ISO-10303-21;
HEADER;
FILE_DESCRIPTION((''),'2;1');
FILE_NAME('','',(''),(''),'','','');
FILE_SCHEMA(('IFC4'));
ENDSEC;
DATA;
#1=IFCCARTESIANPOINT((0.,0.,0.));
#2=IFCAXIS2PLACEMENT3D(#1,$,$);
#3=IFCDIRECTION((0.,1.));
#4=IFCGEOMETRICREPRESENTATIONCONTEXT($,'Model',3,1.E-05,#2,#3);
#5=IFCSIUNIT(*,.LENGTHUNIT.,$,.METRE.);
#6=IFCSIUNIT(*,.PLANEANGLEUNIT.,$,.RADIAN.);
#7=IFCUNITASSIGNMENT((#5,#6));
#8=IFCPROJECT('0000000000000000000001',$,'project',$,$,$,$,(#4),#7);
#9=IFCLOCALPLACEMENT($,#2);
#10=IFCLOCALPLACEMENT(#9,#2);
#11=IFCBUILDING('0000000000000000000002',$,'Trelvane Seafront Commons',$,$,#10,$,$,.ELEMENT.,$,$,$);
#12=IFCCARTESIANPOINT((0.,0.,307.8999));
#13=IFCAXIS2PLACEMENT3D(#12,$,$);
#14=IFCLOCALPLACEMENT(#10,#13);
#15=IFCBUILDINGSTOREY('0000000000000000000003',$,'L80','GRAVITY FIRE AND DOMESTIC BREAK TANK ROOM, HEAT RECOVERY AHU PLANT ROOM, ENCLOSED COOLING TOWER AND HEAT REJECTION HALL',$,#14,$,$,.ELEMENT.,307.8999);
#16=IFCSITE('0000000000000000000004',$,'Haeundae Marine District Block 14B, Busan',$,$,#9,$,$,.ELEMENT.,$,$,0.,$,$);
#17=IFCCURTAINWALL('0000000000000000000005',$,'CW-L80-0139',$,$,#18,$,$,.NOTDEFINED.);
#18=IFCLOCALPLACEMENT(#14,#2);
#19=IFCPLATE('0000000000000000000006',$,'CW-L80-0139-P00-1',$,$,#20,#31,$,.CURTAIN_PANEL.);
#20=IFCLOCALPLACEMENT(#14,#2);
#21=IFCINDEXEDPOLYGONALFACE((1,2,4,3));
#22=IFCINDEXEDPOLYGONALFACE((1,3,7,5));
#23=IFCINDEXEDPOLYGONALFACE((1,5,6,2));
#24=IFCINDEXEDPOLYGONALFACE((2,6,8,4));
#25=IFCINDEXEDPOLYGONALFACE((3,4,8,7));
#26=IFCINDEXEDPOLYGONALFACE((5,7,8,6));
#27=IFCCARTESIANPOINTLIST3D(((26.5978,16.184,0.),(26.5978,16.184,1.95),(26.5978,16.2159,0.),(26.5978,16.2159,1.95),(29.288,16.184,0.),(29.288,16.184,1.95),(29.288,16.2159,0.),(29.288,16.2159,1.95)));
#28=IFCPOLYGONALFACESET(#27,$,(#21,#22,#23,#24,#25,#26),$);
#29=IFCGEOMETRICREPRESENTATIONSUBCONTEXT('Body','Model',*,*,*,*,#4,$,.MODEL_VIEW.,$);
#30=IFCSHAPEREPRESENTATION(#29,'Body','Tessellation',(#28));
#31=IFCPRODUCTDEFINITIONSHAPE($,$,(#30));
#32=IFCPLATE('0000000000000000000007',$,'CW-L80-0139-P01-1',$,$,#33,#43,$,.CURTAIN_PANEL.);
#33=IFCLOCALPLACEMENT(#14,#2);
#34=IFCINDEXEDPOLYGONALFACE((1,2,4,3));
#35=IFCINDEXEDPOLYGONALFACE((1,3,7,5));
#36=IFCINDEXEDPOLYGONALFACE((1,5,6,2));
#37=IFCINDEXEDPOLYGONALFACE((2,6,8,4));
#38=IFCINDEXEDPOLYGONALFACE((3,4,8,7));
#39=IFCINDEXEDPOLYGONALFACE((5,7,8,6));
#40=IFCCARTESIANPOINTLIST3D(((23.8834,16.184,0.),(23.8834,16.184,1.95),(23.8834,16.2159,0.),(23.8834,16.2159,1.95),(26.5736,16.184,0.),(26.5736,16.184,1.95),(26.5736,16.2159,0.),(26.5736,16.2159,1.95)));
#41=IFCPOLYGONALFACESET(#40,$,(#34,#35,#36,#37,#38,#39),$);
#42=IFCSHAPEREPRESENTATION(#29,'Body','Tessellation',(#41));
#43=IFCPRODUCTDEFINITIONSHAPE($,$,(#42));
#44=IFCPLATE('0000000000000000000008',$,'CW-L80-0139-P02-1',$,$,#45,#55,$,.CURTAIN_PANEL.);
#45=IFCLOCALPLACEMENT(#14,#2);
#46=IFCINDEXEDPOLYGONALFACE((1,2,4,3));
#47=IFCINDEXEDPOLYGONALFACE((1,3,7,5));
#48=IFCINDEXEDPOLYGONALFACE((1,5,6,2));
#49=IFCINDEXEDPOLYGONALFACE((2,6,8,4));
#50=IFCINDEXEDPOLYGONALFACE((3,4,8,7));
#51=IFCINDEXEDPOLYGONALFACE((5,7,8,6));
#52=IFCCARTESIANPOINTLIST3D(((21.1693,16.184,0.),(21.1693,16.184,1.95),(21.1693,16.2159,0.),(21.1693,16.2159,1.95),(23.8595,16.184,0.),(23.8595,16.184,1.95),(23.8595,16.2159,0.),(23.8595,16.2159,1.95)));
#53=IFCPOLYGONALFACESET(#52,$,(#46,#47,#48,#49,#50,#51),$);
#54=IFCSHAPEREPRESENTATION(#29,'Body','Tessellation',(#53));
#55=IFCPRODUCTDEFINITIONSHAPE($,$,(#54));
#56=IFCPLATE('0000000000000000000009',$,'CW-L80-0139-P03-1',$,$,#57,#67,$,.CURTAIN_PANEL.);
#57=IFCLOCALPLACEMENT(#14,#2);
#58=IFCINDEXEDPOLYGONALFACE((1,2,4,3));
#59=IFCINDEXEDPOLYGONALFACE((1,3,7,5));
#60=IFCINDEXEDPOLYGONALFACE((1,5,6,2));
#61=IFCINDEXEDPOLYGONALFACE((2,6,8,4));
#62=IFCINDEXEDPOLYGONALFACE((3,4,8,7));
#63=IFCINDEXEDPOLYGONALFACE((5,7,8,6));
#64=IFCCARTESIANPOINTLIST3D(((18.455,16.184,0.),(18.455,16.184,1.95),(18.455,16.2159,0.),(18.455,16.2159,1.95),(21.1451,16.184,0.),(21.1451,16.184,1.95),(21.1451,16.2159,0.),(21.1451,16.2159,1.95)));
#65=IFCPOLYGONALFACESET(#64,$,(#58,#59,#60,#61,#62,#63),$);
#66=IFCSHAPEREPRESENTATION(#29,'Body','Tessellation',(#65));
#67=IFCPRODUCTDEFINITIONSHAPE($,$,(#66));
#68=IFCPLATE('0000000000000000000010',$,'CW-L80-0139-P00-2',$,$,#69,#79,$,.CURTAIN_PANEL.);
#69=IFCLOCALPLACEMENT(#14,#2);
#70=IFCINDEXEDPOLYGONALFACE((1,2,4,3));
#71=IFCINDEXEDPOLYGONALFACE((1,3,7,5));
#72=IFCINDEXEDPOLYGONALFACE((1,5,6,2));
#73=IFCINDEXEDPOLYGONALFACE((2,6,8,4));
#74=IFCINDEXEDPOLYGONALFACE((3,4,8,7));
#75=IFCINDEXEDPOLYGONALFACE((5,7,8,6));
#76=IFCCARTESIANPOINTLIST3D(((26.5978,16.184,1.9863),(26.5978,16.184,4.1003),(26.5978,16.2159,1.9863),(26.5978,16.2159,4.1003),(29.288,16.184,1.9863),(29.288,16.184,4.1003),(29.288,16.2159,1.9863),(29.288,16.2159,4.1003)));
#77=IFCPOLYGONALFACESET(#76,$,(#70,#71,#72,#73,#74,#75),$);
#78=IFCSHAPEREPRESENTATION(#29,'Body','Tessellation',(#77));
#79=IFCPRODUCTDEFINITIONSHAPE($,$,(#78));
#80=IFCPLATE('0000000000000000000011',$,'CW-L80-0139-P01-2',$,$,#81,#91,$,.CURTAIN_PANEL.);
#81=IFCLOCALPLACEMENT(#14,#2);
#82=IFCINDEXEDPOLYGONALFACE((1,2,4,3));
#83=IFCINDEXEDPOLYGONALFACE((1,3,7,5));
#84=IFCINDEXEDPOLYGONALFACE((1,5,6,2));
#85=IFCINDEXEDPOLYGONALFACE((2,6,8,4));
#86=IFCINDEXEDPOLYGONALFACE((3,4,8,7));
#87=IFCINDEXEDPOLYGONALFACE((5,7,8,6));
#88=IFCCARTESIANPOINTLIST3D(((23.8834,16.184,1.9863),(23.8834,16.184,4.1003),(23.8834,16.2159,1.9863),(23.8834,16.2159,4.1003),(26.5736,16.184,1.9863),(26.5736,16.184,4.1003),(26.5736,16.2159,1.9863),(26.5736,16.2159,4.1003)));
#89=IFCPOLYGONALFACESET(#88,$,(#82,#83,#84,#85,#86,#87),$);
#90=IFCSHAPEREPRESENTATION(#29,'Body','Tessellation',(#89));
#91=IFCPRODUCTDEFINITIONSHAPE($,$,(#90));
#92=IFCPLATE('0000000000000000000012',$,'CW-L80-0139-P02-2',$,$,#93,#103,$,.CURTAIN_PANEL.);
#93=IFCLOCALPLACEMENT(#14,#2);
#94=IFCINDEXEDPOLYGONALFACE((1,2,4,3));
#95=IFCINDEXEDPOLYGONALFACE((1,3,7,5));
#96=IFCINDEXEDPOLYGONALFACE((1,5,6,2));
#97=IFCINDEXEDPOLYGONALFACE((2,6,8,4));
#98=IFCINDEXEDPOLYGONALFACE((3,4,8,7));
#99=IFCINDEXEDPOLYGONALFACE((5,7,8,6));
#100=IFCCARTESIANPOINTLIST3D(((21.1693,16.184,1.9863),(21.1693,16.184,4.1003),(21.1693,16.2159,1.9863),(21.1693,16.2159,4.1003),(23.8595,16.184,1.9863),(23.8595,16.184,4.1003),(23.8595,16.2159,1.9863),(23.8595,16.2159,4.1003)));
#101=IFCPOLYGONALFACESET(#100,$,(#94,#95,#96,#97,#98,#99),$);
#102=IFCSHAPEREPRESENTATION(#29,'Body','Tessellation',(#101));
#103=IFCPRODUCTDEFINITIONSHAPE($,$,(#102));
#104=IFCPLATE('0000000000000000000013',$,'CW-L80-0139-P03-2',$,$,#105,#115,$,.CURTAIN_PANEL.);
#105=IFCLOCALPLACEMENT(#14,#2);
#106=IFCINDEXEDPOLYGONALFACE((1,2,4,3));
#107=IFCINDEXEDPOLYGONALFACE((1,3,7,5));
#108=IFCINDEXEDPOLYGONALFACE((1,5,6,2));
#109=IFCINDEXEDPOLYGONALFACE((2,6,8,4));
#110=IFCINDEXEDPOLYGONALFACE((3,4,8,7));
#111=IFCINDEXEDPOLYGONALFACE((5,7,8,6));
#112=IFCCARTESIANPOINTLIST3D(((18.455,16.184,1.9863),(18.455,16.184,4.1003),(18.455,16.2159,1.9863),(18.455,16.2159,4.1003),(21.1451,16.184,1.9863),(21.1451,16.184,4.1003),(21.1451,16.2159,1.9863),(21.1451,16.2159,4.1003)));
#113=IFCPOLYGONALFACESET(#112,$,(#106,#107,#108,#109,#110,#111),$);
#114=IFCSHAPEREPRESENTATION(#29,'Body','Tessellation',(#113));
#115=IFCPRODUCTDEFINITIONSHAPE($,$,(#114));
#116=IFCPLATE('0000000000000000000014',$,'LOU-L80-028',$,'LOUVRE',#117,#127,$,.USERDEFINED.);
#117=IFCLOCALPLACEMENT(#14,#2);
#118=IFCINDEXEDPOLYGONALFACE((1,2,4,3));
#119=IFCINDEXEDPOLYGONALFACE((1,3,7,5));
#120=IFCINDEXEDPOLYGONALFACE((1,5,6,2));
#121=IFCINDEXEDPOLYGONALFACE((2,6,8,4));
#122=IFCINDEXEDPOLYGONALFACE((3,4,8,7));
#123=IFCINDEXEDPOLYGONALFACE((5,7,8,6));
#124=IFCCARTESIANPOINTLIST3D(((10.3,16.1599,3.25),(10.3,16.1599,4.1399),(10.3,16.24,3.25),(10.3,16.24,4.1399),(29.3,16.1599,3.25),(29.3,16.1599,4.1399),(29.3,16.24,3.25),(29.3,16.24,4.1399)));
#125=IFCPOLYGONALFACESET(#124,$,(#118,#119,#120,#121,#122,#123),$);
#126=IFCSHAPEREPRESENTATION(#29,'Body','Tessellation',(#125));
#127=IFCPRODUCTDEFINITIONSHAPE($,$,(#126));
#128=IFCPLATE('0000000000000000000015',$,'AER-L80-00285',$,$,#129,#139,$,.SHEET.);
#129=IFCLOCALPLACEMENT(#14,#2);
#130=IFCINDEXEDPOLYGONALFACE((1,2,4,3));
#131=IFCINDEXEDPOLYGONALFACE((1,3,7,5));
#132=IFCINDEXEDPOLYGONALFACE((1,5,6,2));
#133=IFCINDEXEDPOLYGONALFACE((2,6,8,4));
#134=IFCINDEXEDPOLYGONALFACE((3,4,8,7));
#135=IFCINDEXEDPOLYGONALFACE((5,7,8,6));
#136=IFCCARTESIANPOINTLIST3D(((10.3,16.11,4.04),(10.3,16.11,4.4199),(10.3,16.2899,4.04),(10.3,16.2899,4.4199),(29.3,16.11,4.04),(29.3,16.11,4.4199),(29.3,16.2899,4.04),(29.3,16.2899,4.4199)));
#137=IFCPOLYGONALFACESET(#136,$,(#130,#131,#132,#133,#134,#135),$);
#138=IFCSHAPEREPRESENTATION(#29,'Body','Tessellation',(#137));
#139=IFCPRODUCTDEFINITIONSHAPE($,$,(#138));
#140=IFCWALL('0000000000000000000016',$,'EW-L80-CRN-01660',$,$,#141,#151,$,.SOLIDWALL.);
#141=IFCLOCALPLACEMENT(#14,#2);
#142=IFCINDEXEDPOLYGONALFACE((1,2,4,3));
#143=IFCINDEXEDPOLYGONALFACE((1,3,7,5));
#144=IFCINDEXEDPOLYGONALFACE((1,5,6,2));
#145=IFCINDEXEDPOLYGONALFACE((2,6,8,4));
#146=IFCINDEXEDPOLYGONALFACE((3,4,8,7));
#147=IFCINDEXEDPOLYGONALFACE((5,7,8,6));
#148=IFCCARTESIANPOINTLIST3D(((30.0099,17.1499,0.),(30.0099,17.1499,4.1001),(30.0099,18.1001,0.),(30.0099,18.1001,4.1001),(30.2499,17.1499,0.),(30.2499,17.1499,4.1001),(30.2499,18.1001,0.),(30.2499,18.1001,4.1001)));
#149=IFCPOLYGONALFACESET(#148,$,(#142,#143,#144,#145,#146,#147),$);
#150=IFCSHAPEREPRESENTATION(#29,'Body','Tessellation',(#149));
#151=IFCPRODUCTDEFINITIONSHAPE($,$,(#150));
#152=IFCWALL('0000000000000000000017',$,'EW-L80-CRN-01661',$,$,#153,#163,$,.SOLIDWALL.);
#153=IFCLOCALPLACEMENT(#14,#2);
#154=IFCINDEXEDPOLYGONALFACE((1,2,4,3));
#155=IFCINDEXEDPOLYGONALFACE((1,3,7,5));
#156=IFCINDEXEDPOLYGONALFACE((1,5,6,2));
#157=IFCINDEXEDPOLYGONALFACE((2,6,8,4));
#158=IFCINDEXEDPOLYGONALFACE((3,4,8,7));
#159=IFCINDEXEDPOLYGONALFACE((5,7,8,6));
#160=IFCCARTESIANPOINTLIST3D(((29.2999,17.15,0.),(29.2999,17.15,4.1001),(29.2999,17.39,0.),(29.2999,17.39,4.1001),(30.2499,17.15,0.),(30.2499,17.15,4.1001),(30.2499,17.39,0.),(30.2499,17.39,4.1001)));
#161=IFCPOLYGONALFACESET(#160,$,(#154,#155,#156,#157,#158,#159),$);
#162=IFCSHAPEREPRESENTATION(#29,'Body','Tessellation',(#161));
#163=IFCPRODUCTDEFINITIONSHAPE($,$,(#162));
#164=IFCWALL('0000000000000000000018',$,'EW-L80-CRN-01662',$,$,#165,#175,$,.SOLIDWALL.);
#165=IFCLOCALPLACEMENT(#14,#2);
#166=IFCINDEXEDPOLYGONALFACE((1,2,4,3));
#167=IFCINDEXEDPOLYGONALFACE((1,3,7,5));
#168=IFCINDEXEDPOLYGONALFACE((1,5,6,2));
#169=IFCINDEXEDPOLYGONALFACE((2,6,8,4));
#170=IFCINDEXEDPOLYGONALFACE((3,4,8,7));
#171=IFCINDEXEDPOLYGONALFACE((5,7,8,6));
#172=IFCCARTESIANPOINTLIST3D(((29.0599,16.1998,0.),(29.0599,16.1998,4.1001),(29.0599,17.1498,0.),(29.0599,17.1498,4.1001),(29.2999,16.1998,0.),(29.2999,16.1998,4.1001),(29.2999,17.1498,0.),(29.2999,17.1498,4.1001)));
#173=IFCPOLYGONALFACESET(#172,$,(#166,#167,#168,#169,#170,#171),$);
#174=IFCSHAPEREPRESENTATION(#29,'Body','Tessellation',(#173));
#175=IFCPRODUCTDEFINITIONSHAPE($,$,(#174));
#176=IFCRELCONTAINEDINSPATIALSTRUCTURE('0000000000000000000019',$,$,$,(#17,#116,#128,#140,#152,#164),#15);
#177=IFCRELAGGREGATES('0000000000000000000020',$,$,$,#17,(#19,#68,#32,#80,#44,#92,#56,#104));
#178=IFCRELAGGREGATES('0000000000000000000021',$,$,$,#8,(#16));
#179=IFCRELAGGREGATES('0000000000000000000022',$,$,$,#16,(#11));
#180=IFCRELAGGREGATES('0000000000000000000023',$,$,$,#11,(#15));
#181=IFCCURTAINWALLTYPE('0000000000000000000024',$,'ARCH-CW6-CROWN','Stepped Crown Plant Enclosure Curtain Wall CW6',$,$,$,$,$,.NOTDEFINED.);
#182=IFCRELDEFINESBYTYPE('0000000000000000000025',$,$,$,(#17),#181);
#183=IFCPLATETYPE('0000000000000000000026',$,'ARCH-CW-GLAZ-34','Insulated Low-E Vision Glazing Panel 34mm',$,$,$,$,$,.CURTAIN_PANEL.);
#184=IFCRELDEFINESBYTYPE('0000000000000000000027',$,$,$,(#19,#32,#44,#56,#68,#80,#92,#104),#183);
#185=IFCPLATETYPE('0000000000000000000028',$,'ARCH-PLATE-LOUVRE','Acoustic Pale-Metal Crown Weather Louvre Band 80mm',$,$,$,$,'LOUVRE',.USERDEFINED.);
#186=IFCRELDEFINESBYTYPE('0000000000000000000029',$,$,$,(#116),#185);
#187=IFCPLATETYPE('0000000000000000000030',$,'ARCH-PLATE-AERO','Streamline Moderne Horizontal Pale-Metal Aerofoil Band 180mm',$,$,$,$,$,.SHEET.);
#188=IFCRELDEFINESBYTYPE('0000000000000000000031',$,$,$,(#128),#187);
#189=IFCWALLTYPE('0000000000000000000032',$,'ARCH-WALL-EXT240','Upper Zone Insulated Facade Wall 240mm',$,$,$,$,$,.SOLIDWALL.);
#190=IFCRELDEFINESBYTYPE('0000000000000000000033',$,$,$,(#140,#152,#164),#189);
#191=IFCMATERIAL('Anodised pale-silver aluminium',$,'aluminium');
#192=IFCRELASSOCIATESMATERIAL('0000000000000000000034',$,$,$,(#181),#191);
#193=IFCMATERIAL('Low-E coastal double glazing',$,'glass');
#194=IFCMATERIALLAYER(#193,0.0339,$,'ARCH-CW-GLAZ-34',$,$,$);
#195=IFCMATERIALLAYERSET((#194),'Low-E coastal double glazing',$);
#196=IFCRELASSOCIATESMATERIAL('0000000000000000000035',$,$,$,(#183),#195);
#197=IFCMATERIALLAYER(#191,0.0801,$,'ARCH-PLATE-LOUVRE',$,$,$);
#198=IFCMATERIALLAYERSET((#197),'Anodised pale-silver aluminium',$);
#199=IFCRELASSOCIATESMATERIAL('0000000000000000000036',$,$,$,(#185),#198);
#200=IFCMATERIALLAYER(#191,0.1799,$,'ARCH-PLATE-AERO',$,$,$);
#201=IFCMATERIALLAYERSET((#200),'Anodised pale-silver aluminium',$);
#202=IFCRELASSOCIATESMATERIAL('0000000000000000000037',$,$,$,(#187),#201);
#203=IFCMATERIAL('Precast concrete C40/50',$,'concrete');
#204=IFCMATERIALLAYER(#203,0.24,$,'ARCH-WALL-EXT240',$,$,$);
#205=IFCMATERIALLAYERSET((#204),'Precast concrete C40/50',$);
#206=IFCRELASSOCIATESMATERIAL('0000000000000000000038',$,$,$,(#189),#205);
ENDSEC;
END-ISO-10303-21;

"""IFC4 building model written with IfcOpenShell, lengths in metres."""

from ifc_helpers import new_model, si_unit, direction, frame, frame_2d, origin, origin_2d, place, context, subcontext, project, spatial, rectangle, extrude, source, transform, mapped, material, layer, layer_set, type_object, element, aggregate, save


model = new_model("IFC4")

# Units and contexts
model_context = context("Model", 3, precision=1e-05, world=origin(), true_north=direction((0.0, 1.0)))
body_context = subcontext(model_context, "Body", "Model", "MODEL_VIEW")
ifc_project = project(units=[si_unit("LENGTHUNIT", "METRE"), si_unit("PLANEANGLEUNIT", "RADIAN")], contexts=[model_context])

# Site, building, storey
site_placement = place(None, origin())
site = spatial("IfcSite", under=ifc_project, at=site_placement, Name="Haeundae Marine District Block 14B, Busan", CompositionType="ELEMENT", RefElevation=0.0)
building_placement = place(site_placement, origin())
building = spatial("IfcBuilding", under=site, at=building_placement, Name="Trelvane Seafront Commons", CompositionType="ELEMENT")
storey_placement = place(building_placement, frame((0.0, 0.0, 307.8999)))
storey = spatial("IfcBuildingStorey", under=building, at=storey_placement, Name="L80", Description="GRAVITY FIRE AND DOMESTIC BREAK TANK ROOM, HEAT RECOVERY AHU PLANT ROOM, ENCLOSED COOLING TOWER AND HEAT REJECTION HALL", CompositionType="ELEMENT", Elevation=307.8999)

# Curtain wall, plates
ifc_material_1 = material(Name="Anodised pale-silver aluminium", Category="aluminium")
curtain_wall_type = type_object("IfcCurtainWallType", Name="ARCH-CW6-CROWN", Description="Stepped Crown Plant Enclosure Curtain Wall CW6", PredefinedType="NOTDEFINED", material=ifc_material_1)
curtain_wall_placement = place(storey_placement, origin())
curtain_wall = element("IfcCurtainWall", 1, at=curtain_wall_placement, inside=storey, type_object=curtain_wall_type, Name="CW-L80-0139", PredefinedType="NOTDEFINED")
ifc_material_2 = material(Name="Low-E coastal double glazing", Category="glass")
ifc_layer_1 = layer(ifc_material_2, 0.0339, Name="ARCH-CW-GLAZ-34")
ifc_layer_set_1 = layer_set([ifc_layer_1], Name="Low-E coastal double glazing")
plate_type_1 = type_object("IfcPlateType", Name="ARCH-CW-GLAZ-34", Description="Insulated Low-E Vision Glazing Panel 34mm", PredefinedType="CURTAIN_PANEL", material=ifc_layer_set_1)
shared_shape_1 = source(origin(), body_context, "Body", "SweptSolid", [
    extrude(rectangle(XDim=2.6902, YDim=0.032, at=origin_2d()), origin(), (0.0, 0.0, 1.0), 1.95),
])
plate_1_placement = place(storey_placement, frame((27.9429, 16.2, 0.0), z_axis=(0.0, 0.0, 1.0), x_axis=(-1.0, 0.0, 0.0)))
plate_1 = element("IfcPlate", 2, at=plate_1_placement, type_object=plate_type_1, Name="CW-L80-0139-P00-1", PredefinedType="CURTAIN_PANEL", context=body_context, shape_type="MappedRepresentation", body=[
    mapped(shared_shape_1, transform((0.0, 0.0, 0.0), x_axis=(1.0, 0.0, 0.0), y_axis=(0.0, 1.0, 0.0), z_axis=(0.0, 0.0, 1.0), scale=1.0)),
])
plate_2_placement = place(storey_placement, frame((25.2285, 16.2, 0.0), z_axis=(0.0, 0.0, 1.0), x_axis=(-1.0, 0.0, 0.0)))
plate_2 = element("IfcPlate", 3, at=plate_2_placement, type_object=plate_type_1, Name="CW-L80-0139-P01-1", PredefinedType="CURTAIN_PANEL", context=body_context, shape_type="MappedRepresentation", body=[
    mapped(shared_shape_1, transform((0.0, 0.0, 0.0), x_axis=(1.0, 0.0, 0.0), y_axis=(0.0, 1.0, 0.0), z_axis=(0.0, 0.0, 1.0), scale=1.0)),
])
plate_3_placement = place(storey_placement, frame((22.5144, 16.2, 0.0), z_axis=(0.0, 0.0, 1.0), x_axis=(-1.0, 0.0, 0.0)))
plate_3 = element("IfcPlate", 4, at=plate_3_placement, type_object=plate_type_1, Name="CW-L80-0139-P02-1", PredefinedType="CURTAIN_PANEL", context=body_context, shape_type="MappedRepresentation", body=[
    mapped(shared_shape_1, transform((0.0, 0.0, 0.0), x_axis=(1.0, 0.0, 0.0), y_axis=(0.0, 1.0, 0.0), z_axis=(0.0, 0.0, 1.0), scale=1.0)),
])
plate_4_placement = place(storey_placement, frame((19.8, 16.2, 0.0), z_axis=(0.0, 0.0, 1.0), x_axis=(-1.0, 0.0, 0.0)))
plate_4 = element("IfcPlate", 5, at=plate_4_placement, type_object=plate_type_1, Name="CW-L80-0139-P03-1", PredefinedType="CURTAIN_PANEL", context=body_context, shape_type="MappedRepresentation", body=[
    mapped(shared_shape_1, transform((0.0, 0.0, 0.0), x_axis=(1.0, 0.0, 0.0), y_axis=(0.0, 1.0, 0.0), z_axis=(0.0, 0.0, 1.0), scale=1.0)),
])
shared_shape_2 = source(origin(), body_context, "Body", "SweptSolid", [
    extrude(rectangle(XDim=2.6902, YDim=0.032, at=origin_2d()), origin(), (0.0, 0.0, 1.0), 2.114),
])
plate_5_placement = place(storey_placement, frame((27.9429, 16.2, 1.9863), z_axis=(0.0, 0.0, 1.0), x_axis=(-1.0, 0.0, 0.0)))
plate_5 = element("IfcPlate", 6, at=plate_5_placement, type_object=plate_type_1, Name="CW-L80-0139-P00-2", PredefinedType="CURTAIN_PANEL", context=body_context, shape_type="MappedRepresentation", body=[
    mapped(shared_shape_2, transform((0.0, 0.0, 0.0), x_axis=(1.0, 0.0, 0.0), y_axis=(0.0, 1.0, 0.0), z_axis=(0.0, 0.0, 1.0), scale=1.0)),
])
plate_6_placement = place(storey_placement, frame((25.2285, 16.2, 1.9863), z_axis=(0.0, 0.0, 1.0), x_axis=(-1.0, 0.0, 0.0)))
plate_6 = element("IfcPlate", 7, at=plate_6_placement, type_object=plate_type_1, Name="CW-L80-0139-P01-2", PredefinedType="CURTAIN_PANEL", context=body_context, shape_type="MappedRepresentation", body=[
    mapped(shared_shape_2, transform((0.0, 0.0, 0.0), x_axis=(1.0, 0.0, 0.0), y_axis=(0.0, 1.0, 0.0), z_axis=(0.0, 0.0, 1.0), scale=1.0)),
])
plate_7_placement = place(storey_placement, frame((22.5144, 16.2, 1.9863), z_axis=(0.0, 0.0, 1.0), x_axis=(-1.0, 0.0, 0.0)))
plate_7 = element("IfcPlate", 8, at=plate_7_placement, type_object=plate_type_1, Name="CW-L80-0139-P02-2", PredefinedType="CURTAIN_PANEL", context=body_context, shape_type="MappedRepresentation", body=[
    mapped(shared_shape_2, transform((0.0, 0.0, 0.0), x_axis=(1.0, 0.0, 0.0), y_axis=(0.0, 1.0, 0.0), z_axis=(0.0, 0.0, 1.0), scale=1.0)),
])
plate_8_placement = place(storey_placement, frame((19.8, 16.2, 1.9863), z_axis=(0.0, 0.0, 1.0), x_axis=(-1.0, 0.0, 0.0)))
plate_8 = element("IfcPlate", 9, at=plate_8_placement, type_object=plate_type_1, Name="CW-L80-0139-P03-2", PredefinedType="CURTAIN_PANEL", context=body_context, shape_type="MappedRepresentation", body=[
    mapped(shared_shape_2, transform((0.0, 0.0, 0.0), x_axis=(1.0, 0.0, 0.0), y_axis=(0.0, 1.0, 0.0), z_axis=(0.0, 0.0, 1.0), scale=1.0)),
])
aggregate(curtain_wall, [plate_1, plate_5, plate_2, plate_6, plate_3, plate_7, plate_4, plate_8])

# Plates
ifc_layer_2 = layer(ifc_material_1, 0.0801, Name="ARCH-PLATE-LOUVRE")
ifc_layer_set_2 = layer_set([ifc_layer_2], Name="Anodised pale-silver aluminium")
plate_type_2 = type_object("IfcPlateType", Name="ARCH-PLATE-LOUVRE", Description="Acoustic Pale-Metal Crown Weather Louvre Band 80mm", ElementType="LOUVRE", PredefinedType="USERDEFINED", material=ifc_layer_set_2)
shared_shape_3 = source(origin(), body_context, "Body", "SweptSolid", [
    extrude(rectangle(XDim=19.0, YDim=0.0801, at=origin_2d()), origin(), (0.0, 0.0, 1.0), 0.8899),
])
plate_9_placement = place(storey_placement, frame((19.8, 16.2, 3.25), z_axis=(0.0, 0.0, 1.0), x_axis=(-1.0, 0.0, 0.0)))
element("IfcPlate", 10, at=plate_9_placement, inside=storey, type_object=plate_type_2, Name="LOU-L80-028", ObjectType="LOUVRE", PredefinedType="USERDEFINED", context=body_context, shape_type="MappedRepresentation", body=[
    mapped(shared_shape_3, transform((0.0, 0.0, 0.0), x_axis=(1.0, 0.0, 0.0), y_axis=(0.0, 1.0, 0.0), z_axis=(0.0, 0.0, 1.0), scale=1.0)),
])
ifc_layer_3 = layer(ifc_material_1, 0.1799, Name="ARCH-PLATE-AERO")
ifc_layer_set_3 = layer_set([ifc_layer_3], Name="Anodised pale-silver aluminium")
plate_type_3 = type_object("IfcPlateType", Name="ARCH-PLATE-AERO", Description="Streamline Moderne Horizontal Pale-Metal Aerofoil Band 180mm", PredefinedType="SHEET", material=ifc_layer_set_3)
shared_shape_4 = source(origin(), body_context, "Body", "SweptSolid", [
    extrude(rectangle(XDim=19.0, YDim=0.1799, at=origin_2d()), origin(), (0.0, 0.0, 1.0), 0.3799),
])
plate_10_placement = place(storey_placement, frame((19.8, 16.2, 4.04), z_axis=(0.0, 0.0, 1.0), x_axis=(-1.0, 0.0, 0.0)))
element("IfcPlate", 11, at=plate_10_placement, inside=storey, type_object=plate_type_3, Name="AER-L80-00285", PredefinedType="SHEET", context=body_context, shape_type="MappedRepresentation", body=[
    mapped(shared_shape_4, transform((0.0, 0.0, 0.0), x_axis=(1.0, 0.0, 0.0), y_axis=(0.0, 1.0, 0.0), z_axis=(0.0, 0.0, 1.0), scale=1.0)),
])

# Walls
ifc_material_3 = material(Name="Precast concrete C40/50", Category="concrete")
ifc_layer_4 = layer(ifc_material_3, 0.24, Name="ARCH-WALL-EXT240")
ifc_layer_set_4 = layer_set([ifc_layer_4], Name="Precast concrete C40/50")
wall_type_1 = type_object("IfcWallType", Name="ARCH-WALL-EXT240", Description="Upper Zone Insulated Facade Wall 240mm", PredefinedType="SOLIDWALL", material=ifc_layer_set_4)
wall_1_placement = place(storey_placement, frame((30.1299, 18.1001, 0.0), z_axis=(0.0, 0.0, 1.0), x_axis=(0.0, -1.0, 0.0)))
element("IfcWall", 12, at=wall_1_placement, inside=storey, type_object=wall_type_1, Name="EW-L80-CRN-01660", PredefinedType="SOLIDWALL", context=body_context, shape_type="SweptSolid", body=[
    extrude(rectangle(XDim=0.9502, YDim=0.24, at=frame_2d((0.4751, 0.0))), origin(), (0.0, 0.0, 1.0), 4.1001),
])
for number, where, z_axis, x_axis, name in (
    (13, (30.25, 17.27, 0.0), (0.0, 0.0, 1.0), (-1.0, 0.0, 0.0), "EW-L80-CRN-01661"),
    (14, (29.1799, 17.1499, 0.0), (0.0, 0.0, 1.0), (0.0, -1.0, 0.0), "EW-L80-CRN-01662"),
):
    element("IfcWall", number, at=place(storey_placement, frame(where, z_axis=z_axis, x_axis=x_axis)), inside=storey, type_object=wall_type_1, Name=name, PredefinedType="SOLIDWALL", context=body_context, shape_type="SweptSolid", body=[
        extrude(rectangle(XDim=0.95, YDim=0.24, at=frame_2d((0.4751, 0.0))), origin(), (0.0, 0.0, 1.0), 4.1001),
    ])

save(model, "model.ifc")
